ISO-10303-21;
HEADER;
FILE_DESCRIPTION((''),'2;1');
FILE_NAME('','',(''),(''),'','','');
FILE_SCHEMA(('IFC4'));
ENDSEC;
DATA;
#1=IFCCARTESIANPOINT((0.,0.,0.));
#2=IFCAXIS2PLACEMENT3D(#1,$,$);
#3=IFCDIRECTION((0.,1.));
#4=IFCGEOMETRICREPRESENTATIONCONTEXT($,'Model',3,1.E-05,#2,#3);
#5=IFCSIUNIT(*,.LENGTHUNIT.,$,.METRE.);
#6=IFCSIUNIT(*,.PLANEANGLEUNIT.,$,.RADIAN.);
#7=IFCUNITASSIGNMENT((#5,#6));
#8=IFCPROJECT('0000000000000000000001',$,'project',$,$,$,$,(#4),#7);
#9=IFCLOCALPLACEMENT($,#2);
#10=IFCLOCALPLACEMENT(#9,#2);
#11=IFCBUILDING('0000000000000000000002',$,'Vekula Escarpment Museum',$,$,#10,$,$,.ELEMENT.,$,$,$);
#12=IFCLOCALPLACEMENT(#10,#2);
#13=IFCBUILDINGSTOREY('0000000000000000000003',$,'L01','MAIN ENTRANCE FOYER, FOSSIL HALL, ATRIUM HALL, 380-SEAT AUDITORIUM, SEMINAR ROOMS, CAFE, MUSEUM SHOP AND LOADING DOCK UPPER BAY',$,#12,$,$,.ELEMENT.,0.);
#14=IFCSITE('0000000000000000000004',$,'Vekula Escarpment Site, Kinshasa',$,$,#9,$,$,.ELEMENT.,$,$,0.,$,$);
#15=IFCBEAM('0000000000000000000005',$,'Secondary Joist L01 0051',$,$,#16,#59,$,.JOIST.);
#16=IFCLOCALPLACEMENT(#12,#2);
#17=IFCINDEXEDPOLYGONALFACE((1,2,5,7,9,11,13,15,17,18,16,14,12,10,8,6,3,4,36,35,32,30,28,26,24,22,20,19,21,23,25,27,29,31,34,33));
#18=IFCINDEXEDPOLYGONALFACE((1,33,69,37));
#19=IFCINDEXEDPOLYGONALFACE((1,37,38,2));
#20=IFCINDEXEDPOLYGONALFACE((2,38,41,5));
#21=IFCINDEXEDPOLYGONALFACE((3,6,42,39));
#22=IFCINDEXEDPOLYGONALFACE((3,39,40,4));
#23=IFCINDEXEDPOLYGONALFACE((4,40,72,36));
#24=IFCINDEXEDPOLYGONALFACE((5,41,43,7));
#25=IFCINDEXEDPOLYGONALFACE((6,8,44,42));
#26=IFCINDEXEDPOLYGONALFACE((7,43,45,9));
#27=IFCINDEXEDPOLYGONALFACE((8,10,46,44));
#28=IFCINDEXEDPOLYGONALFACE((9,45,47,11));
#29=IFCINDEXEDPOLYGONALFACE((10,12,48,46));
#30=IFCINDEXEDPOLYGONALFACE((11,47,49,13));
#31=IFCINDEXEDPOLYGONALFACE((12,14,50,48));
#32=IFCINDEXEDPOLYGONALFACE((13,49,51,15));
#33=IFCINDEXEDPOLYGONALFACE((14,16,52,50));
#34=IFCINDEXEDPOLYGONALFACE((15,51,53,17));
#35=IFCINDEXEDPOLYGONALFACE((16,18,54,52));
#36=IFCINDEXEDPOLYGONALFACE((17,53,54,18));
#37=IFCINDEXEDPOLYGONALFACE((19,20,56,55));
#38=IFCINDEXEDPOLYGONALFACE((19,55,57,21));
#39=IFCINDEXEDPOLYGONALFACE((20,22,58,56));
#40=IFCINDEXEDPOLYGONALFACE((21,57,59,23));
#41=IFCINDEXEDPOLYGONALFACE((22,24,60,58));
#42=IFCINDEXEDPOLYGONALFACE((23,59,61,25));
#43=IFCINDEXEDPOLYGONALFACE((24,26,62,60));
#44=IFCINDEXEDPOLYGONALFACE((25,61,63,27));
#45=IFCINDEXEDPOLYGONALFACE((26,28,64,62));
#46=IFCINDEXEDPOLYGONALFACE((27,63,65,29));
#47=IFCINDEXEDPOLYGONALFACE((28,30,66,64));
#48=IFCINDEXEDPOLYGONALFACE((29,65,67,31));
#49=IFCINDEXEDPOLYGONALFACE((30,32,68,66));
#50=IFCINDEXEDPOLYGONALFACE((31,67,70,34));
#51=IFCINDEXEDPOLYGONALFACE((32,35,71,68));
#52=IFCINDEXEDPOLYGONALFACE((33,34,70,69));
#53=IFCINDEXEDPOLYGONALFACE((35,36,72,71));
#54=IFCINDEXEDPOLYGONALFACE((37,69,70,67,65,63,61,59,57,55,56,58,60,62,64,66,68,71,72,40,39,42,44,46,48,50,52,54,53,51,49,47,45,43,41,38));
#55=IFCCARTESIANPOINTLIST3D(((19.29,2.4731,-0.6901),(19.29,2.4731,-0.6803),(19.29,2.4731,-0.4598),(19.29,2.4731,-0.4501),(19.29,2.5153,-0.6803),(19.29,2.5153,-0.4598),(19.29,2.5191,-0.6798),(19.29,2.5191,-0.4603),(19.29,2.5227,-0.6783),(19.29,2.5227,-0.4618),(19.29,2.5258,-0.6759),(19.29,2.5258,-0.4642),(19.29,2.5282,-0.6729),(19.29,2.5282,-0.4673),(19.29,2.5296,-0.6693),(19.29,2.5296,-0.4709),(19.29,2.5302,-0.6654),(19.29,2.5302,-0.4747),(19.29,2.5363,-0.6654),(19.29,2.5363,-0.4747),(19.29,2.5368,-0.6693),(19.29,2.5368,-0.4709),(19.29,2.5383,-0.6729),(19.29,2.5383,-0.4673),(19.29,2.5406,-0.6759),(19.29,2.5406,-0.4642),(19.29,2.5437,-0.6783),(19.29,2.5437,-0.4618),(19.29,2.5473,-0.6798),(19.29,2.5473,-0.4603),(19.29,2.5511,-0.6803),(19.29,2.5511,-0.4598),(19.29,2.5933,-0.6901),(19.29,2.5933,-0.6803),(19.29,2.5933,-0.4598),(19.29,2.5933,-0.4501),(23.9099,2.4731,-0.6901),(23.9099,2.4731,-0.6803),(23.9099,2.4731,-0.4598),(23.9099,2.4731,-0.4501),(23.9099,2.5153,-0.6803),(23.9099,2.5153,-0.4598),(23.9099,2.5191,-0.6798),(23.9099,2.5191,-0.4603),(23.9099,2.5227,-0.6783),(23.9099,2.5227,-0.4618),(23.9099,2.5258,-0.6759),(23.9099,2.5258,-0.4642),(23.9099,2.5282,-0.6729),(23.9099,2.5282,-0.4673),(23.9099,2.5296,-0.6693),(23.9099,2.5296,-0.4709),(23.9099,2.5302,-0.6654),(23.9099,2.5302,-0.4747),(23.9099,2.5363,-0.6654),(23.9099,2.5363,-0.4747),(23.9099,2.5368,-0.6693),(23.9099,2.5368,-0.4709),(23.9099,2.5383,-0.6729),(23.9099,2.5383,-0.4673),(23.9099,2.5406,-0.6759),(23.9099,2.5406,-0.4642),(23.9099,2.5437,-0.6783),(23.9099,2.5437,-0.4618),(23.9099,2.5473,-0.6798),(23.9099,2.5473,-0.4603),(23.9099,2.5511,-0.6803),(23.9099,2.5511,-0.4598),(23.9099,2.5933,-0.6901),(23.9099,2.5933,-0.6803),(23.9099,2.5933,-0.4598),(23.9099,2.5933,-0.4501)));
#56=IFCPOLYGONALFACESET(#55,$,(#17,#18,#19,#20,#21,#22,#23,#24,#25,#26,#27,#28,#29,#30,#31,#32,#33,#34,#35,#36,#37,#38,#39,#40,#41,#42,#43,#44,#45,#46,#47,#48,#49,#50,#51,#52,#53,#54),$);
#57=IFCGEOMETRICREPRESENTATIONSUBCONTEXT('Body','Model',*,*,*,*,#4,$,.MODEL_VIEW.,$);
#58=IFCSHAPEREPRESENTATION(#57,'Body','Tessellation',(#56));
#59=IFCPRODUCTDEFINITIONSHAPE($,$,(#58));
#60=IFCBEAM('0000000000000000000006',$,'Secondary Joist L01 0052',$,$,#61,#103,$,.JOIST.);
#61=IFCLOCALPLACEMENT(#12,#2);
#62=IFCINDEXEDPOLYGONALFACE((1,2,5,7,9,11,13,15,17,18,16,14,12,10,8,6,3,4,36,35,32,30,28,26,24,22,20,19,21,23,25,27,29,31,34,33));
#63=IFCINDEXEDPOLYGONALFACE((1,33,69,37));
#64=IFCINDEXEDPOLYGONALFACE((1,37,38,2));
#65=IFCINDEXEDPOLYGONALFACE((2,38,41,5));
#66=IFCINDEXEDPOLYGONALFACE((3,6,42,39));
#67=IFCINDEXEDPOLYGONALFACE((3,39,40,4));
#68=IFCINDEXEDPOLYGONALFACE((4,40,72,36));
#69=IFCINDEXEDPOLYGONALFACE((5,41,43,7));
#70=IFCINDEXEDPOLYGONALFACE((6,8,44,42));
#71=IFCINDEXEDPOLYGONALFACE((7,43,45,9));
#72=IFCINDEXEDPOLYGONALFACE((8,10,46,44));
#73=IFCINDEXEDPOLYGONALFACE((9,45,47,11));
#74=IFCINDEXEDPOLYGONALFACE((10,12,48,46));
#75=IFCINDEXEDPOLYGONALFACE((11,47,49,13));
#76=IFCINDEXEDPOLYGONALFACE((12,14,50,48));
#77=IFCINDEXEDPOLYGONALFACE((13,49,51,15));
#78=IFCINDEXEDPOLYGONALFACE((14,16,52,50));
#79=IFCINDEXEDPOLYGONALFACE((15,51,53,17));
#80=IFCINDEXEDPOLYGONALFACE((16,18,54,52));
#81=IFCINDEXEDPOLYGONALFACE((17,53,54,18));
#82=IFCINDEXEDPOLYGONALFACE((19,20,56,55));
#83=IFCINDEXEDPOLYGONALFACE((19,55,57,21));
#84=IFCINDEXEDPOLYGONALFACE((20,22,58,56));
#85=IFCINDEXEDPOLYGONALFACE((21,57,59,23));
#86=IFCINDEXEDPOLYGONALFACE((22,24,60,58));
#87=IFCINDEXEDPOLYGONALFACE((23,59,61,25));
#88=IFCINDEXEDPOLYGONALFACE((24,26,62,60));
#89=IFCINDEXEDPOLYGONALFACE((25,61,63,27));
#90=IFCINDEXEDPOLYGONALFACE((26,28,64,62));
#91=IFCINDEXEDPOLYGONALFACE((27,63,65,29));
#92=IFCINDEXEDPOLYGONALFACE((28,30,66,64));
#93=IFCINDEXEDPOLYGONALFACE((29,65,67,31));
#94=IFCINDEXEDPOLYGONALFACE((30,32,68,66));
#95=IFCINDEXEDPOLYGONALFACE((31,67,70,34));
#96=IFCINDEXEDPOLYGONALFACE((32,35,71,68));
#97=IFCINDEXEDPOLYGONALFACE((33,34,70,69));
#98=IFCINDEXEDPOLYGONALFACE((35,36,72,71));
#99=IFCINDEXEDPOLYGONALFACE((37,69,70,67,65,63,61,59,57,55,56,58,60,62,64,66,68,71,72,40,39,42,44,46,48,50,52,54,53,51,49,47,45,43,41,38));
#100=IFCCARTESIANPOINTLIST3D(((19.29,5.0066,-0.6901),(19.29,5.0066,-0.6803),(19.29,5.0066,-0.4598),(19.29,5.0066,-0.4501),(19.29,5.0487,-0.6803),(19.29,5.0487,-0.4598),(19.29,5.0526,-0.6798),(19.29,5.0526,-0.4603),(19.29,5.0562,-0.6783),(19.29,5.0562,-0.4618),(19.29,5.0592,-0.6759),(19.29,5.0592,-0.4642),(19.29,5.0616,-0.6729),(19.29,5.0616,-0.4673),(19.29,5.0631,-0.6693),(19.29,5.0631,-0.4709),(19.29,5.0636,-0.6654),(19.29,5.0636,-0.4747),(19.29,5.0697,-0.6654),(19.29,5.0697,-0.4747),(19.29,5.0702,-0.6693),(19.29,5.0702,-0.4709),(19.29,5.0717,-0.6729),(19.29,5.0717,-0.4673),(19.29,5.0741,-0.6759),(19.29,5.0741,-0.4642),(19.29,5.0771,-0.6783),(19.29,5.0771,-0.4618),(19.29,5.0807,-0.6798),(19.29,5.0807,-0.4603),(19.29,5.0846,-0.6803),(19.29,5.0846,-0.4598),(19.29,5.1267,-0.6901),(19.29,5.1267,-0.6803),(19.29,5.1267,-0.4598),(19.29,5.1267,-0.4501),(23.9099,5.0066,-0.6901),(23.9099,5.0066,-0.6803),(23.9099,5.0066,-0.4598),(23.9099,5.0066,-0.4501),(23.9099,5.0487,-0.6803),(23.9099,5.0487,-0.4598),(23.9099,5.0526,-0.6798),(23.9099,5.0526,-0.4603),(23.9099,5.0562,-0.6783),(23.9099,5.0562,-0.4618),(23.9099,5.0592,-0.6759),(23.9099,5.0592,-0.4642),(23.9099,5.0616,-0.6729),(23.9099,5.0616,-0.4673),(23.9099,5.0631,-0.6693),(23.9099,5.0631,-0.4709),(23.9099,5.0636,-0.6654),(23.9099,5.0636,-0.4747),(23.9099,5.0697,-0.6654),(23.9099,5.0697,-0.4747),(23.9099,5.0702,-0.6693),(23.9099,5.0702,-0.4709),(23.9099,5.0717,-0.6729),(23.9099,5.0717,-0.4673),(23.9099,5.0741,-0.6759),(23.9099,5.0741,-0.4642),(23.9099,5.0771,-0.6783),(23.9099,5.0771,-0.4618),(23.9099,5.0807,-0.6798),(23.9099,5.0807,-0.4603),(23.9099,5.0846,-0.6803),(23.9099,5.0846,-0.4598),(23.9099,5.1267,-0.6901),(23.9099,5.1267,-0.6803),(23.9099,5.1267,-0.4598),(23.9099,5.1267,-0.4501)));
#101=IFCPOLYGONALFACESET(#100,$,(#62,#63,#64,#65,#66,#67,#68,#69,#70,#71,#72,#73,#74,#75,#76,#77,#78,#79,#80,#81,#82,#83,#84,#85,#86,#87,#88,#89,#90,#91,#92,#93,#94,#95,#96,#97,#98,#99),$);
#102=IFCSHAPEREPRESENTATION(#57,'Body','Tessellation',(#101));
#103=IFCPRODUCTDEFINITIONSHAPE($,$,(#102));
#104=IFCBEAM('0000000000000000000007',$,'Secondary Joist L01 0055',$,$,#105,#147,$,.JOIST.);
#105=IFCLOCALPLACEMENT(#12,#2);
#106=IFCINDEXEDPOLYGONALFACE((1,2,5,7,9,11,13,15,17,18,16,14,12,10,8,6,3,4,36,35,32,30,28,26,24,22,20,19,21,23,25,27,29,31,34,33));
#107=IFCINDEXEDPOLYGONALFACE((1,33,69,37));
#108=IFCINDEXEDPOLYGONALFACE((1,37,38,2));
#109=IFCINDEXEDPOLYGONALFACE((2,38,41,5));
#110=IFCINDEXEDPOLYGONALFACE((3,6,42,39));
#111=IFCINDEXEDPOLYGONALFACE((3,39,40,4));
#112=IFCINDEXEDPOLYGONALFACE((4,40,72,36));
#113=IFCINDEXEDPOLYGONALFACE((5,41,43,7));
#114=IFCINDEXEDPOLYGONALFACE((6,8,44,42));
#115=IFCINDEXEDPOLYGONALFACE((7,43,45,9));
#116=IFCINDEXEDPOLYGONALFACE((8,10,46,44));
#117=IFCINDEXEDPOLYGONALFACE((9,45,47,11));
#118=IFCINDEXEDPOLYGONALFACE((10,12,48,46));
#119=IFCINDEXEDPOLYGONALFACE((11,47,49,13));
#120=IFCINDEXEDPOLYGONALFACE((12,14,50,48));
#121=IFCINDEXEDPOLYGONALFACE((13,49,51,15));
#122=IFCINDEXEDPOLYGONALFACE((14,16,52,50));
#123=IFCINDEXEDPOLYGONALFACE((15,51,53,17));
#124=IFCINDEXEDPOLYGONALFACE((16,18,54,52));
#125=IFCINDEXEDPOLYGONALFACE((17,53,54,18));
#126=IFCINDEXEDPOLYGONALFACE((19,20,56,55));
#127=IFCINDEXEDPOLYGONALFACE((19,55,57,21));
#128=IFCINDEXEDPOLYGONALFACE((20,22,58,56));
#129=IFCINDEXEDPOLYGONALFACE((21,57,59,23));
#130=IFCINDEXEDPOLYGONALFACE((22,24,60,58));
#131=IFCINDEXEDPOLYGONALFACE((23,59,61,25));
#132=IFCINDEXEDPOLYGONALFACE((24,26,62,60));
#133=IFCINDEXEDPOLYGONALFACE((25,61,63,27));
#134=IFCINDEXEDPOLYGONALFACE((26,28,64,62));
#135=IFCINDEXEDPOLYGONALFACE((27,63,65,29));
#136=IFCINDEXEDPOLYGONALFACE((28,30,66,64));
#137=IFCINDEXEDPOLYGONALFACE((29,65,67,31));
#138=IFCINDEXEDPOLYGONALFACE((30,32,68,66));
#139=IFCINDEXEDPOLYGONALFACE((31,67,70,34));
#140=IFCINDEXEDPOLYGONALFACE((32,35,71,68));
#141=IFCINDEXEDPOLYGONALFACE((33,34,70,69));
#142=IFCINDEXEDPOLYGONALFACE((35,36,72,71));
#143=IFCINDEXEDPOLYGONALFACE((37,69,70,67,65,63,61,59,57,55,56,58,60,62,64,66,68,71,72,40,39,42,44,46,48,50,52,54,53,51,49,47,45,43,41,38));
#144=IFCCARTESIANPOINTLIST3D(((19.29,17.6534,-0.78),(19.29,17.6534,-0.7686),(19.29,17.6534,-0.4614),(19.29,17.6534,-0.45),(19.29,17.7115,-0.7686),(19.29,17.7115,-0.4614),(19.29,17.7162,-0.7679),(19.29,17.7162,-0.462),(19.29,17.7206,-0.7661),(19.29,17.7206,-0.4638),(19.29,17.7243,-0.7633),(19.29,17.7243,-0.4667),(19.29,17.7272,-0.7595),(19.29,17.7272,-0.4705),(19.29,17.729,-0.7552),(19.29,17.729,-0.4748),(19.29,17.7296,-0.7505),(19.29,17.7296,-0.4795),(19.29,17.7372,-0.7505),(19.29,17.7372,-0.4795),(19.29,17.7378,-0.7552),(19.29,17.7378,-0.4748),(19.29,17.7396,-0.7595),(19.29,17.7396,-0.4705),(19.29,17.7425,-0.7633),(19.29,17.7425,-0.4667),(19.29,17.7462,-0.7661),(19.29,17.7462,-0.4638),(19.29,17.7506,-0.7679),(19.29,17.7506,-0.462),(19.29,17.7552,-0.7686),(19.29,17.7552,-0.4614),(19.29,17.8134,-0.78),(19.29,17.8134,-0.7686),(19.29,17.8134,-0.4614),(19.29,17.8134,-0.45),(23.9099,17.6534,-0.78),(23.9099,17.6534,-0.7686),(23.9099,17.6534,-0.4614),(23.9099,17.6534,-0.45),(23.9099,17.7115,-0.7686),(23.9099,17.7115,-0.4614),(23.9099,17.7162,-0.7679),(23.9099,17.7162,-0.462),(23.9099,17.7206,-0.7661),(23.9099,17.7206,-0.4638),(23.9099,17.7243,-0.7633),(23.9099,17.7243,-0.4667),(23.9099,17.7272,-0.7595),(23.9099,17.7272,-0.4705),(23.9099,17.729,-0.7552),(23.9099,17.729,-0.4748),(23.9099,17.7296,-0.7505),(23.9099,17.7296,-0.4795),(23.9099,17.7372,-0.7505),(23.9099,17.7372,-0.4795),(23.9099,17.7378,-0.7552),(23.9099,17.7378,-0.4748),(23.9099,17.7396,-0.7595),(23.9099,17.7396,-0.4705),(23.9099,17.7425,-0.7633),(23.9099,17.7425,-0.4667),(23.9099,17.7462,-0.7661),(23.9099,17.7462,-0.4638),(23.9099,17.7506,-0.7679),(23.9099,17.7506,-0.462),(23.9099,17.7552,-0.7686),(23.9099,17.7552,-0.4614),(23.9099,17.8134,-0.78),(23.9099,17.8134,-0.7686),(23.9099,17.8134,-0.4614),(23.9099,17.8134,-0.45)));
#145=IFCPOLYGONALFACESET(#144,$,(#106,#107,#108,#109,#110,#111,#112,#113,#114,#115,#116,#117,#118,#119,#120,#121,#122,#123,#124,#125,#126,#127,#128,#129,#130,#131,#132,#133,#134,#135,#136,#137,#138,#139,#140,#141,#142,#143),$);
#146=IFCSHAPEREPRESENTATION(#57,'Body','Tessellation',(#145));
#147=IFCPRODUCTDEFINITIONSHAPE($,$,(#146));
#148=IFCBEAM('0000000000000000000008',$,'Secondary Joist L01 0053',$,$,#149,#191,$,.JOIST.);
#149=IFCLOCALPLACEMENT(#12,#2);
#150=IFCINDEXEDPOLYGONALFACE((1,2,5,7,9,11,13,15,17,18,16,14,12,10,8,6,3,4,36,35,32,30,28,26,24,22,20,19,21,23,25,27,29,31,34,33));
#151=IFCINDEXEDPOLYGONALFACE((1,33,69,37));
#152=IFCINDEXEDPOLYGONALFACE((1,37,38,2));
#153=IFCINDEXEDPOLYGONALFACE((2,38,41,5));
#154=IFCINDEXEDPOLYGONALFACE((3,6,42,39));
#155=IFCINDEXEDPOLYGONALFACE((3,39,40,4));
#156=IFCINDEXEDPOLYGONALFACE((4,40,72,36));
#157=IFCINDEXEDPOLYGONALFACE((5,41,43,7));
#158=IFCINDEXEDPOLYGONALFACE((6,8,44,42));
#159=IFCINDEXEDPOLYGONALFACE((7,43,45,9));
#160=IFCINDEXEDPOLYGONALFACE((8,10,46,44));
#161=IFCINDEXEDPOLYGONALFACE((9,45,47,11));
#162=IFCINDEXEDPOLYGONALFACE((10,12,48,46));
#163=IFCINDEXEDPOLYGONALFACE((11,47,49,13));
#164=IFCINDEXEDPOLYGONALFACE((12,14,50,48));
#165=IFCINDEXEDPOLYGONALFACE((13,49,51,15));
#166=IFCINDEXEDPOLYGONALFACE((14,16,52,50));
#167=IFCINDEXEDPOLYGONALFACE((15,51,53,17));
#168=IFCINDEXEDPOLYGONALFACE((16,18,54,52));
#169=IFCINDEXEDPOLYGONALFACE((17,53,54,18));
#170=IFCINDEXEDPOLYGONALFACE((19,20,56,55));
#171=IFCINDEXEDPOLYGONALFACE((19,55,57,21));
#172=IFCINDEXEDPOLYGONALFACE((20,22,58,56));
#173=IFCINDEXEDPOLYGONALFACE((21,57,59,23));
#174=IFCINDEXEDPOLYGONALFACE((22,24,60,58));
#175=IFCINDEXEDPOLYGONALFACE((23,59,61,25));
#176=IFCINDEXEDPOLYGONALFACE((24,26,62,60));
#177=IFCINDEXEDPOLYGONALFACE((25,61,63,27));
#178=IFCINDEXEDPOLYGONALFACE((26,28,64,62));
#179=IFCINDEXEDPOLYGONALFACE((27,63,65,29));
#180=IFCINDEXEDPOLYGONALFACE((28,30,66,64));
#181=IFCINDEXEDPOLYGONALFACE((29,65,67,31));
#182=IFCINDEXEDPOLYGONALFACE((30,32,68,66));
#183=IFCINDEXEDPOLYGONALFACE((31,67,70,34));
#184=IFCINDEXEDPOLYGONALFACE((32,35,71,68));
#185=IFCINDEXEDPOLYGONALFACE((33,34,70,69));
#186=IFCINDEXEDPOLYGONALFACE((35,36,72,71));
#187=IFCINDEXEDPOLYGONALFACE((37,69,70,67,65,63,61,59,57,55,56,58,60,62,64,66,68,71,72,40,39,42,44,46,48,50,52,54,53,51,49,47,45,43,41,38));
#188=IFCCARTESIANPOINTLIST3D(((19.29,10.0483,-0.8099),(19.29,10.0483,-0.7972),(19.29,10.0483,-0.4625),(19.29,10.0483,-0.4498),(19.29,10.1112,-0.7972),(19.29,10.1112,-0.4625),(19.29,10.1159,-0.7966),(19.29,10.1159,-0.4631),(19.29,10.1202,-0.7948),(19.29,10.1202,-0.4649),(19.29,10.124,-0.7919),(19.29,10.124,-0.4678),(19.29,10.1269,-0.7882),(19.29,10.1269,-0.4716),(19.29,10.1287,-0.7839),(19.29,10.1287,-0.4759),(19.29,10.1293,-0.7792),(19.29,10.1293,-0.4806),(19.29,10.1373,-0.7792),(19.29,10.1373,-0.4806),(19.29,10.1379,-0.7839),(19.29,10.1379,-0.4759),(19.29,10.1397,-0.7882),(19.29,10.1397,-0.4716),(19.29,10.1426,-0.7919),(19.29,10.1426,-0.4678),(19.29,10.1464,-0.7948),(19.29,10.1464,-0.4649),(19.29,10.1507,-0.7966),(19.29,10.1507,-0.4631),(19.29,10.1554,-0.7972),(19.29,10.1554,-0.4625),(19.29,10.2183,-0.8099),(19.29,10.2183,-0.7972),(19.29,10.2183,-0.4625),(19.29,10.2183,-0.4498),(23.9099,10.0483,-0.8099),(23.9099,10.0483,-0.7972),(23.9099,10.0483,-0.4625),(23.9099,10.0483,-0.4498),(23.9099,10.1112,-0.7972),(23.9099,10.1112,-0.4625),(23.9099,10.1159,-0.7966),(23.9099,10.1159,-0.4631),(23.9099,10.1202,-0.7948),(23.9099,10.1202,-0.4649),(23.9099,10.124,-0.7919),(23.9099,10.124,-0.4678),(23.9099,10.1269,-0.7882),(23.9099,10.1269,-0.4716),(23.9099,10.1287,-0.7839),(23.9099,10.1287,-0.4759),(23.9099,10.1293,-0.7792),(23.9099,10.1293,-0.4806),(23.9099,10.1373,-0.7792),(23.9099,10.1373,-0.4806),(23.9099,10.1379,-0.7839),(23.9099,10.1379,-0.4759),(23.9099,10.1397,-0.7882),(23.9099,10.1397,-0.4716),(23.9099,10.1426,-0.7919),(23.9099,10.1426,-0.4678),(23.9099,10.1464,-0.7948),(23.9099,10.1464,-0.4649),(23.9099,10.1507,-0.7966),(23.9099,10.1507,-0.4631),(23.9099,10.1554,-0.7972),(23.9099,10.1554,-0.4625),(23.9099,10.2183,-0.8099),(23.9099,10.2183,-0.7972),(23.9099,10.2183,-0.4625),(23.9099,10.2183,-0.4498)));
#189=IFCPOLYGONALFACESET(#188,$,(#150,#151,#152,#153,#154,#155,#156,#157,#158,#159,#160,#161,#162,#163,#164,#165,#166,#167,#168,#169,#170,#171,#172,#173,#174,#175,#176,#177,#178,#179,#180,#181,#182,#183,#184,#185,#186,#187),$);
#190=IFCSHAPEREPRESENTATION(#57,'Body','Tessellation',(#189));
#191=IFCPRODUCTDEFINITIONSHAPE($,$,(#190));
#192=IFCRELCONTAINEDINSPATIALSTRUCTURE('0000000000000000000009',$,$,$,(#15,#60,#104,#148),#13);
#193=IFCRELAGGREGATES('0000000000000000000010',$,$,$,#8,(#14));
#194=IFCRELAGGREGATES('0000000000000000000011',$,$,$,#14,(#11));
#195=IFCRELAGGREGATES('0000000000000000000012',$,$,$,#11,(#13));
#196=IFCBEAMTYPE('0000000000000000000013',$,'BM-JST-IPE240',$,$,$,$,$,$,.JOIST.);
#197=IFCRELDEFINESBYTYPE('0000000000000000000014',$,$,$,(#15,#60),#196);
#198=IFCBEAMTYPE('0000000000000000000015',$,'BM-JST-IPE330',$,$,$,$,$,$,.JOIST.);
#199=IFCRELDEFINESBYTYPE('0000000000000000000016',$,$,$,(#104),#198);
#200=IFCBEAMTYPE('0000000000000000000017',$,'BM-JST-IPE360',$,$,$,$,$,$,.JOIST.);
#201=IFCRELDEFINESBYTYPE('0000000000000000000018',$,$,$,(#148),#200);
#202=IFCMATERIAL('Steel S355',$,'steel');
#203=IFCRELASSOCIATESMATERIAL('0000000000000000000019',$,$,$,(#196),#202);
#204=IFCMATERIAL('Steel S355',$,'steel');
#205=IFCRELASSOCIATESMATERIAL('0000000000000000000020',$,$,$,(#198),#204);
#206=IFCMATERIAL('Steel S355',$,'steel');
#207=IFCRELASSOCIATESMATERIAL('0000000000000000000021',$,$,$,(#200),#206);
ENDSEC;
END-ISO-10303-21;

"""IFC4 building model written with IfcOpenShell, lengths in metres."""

from ifc_helpers import new_model, si_unit, direction, frame, origin, origin_2d, place, context, subcontext, project, spatial, i_section, extrude, material, material_profile, profile_set, type_object, element, save


model = new_model("IFC4")

# Units and contexts
model_context = context("Model", 3, precision=1e-05, world=origin(), true_north=direction((0.0, 1.0)))
body_context = subcontext(model_context, "Body", "Model", "MODEL_VIEW")
ifc_project = project(units=[si_unit("LENGTHUNIT", "METRE"), si_unit("PLANEANGLEUNIT", "RADIAN")], contexts=[model_context])

# Site, building, storey
site_placement = place(None, origin())
site = spatial("IfcSite", under=ifc_project, at=site_placement, Name="Vekula Escarpment Site, Kinshasa", CompositionType="ELEMENT", RefElevation=0.0)
building_placement = place(site_placement, origin())
building = spatial("IfcBuilding", under=site, at=building_placement, Name="Vekula Escarpment Museum", CompositionType="ELEMENT")
storey_placement = place(building_placement, origin())
storey = spatial("IfcBuildingStorey", under=building, at=storey_placement, Name="L01", Description="MAIN ENTRANCE FOYER, FOSSIL HALL, ATRIUM HALL, 380-SEAT AUDITORIUM, SEMINAR ROOMS, CAFE, MUSEUM SHOP AND LOADING DOCK UPPER BAY", CompositionType="ELEMENT", Elevation=0.0)

# Beams
ifc_material_1 = material(Name="Steel S355", Category="steel")
ifc_material_profile_1 = material_profile(ifc_material_1, i_section(OverallWidth=0.1201, OverallDepth=0.24, WebThickness=0.0061, FlangeThickness=0.0098, FilletRadius=0.0149, at=origin_2d()), Name="IPE 240")
ifc_profile_set_1 = profile_set([ifc_material_profile_1], Name="Steel S355")
beam_type_1 = type_object("IfcBeamType", Name="BM-JST-IPE240", PredefinedType="JOIST", material=ifc_profile_set_1)
for number, where, z_axis, x_axis, name in (
    (1, (19.29, 2.5332, -0.5701), (1.0, 0.0, 0.0), (0.0, 1.0, 0.0), "Secondary Joist L01 0051"),
    (2, (19.29, 5.0667, -0.5701), (1.0, 0.0, 0.0), (0.0, 1.0, 0.0), "Secondary Joist L01 0052"),
):
    element("IfcBeam", number, at=place(storey_placement, frame(where, z_axis=z_axis, x_axis=x_axis)), inside=storey, type_object=beam_type_1, Name=name, PredefinedType="JOIST", context=body_context, shape_type="SweptSolid", body=[
        extrude(i_section(OverallWidth=0.1201, OverallDepth=0.24, WebThickness=0.0061, FlangeThickness=0.0098, FilletRadius=0.0149, at=origin_2d()), origin(), (0.0, 0.0, 1.0), 4.6199),
    ])
ifc_material_2 = material(Name="Steel S355", Category="steel")
ifc_material_profile_2 = material_profile(ifc_material_2, i_section(OverallWidth=0.1599, OverallDepth=0.3301, WebThickness=0.0076, FlangeThickness=0.0115, FilletRadius=0.0181, at=origin_2d()), Name="IPE 330")
ifc_profile_set_2 = profile_set([ifc_material_profile_2], Name="Steel S355")
beam_type_2 = type_object("IfcBeamType", Name="BM-JST-IPE330", PredefinedType="JOIST", material=ifc_profile_set_2)
beam_1_placement = place(storey_placement, frame((19.29, 17.7334, -0.615), z_axis=(1.0, 0.0, 0.0), x_axis=(0.0, 1.0, 0.0)))
element("IfcBeam", 3, at=beam_1_placement, inside=storey, type_object=beam_type_2, Name="Secondary Joist L01 0055", PredefinedType="JOIST", context=body_context, shape_type="SweptSolid", body=[
    extrude(i_section(OverallWidth=0.1599, OverallDepth=0.3301, WebThickness=0.0076, FlangeThickness=0.0115, FilletRadius=0.0181, at=origin_2d()), origin(), (0.0, 0.0, 1.0), 4.6199),
])
ifc_material_3 = material(Name="Steel S355", Category="steel")
ifc_material_profile_3 = material_profile(ifc_material_3, i_section(OverallWidth=0.1699, OverallDepth=0.3601, WebThickness=0.0081, FlangeThickness=0.0127, FilletRadius=0.0181, at=origin_2d()), Name="IPE 360")
ifc_profile_set_3 = profile_set([ifc_material_profile_3], Name="Steel S355")
beam_type_3 = type_object("IfcBeamType", Name="BM-JST-IPE360", PredefinedType="JOIST", material=ifc_profile_set_3)
for number, where, z_axis, x_axis, name in (
    (4, (19.29, 10.1333, -0.6299), (1.0, 0.0, 0.0), (0.0, 1.0, 0.0), "Secondary Joist L01 0053"),
):
    element("IfcBeam", number, at=place(storey_placement, frame(where, z_axis=z_axis, x_axis=x_axis)), inside=storey, type_object=beam_type_3, Name=name, PredefinedType="JOIST", context=body_context, shape_type="SweptSolid", body=[
        extrude(i_section(OverallWidth=0.1699, OverallDepth=0.3601, WebThickness=0.0081, FlangeThickness=0.0127, FilletRadius=0.0181, at=origin_2d()), origin(), (0.0, 0.0, 1.0), 4.6199),
    ])

save(model, "model.ifc")
